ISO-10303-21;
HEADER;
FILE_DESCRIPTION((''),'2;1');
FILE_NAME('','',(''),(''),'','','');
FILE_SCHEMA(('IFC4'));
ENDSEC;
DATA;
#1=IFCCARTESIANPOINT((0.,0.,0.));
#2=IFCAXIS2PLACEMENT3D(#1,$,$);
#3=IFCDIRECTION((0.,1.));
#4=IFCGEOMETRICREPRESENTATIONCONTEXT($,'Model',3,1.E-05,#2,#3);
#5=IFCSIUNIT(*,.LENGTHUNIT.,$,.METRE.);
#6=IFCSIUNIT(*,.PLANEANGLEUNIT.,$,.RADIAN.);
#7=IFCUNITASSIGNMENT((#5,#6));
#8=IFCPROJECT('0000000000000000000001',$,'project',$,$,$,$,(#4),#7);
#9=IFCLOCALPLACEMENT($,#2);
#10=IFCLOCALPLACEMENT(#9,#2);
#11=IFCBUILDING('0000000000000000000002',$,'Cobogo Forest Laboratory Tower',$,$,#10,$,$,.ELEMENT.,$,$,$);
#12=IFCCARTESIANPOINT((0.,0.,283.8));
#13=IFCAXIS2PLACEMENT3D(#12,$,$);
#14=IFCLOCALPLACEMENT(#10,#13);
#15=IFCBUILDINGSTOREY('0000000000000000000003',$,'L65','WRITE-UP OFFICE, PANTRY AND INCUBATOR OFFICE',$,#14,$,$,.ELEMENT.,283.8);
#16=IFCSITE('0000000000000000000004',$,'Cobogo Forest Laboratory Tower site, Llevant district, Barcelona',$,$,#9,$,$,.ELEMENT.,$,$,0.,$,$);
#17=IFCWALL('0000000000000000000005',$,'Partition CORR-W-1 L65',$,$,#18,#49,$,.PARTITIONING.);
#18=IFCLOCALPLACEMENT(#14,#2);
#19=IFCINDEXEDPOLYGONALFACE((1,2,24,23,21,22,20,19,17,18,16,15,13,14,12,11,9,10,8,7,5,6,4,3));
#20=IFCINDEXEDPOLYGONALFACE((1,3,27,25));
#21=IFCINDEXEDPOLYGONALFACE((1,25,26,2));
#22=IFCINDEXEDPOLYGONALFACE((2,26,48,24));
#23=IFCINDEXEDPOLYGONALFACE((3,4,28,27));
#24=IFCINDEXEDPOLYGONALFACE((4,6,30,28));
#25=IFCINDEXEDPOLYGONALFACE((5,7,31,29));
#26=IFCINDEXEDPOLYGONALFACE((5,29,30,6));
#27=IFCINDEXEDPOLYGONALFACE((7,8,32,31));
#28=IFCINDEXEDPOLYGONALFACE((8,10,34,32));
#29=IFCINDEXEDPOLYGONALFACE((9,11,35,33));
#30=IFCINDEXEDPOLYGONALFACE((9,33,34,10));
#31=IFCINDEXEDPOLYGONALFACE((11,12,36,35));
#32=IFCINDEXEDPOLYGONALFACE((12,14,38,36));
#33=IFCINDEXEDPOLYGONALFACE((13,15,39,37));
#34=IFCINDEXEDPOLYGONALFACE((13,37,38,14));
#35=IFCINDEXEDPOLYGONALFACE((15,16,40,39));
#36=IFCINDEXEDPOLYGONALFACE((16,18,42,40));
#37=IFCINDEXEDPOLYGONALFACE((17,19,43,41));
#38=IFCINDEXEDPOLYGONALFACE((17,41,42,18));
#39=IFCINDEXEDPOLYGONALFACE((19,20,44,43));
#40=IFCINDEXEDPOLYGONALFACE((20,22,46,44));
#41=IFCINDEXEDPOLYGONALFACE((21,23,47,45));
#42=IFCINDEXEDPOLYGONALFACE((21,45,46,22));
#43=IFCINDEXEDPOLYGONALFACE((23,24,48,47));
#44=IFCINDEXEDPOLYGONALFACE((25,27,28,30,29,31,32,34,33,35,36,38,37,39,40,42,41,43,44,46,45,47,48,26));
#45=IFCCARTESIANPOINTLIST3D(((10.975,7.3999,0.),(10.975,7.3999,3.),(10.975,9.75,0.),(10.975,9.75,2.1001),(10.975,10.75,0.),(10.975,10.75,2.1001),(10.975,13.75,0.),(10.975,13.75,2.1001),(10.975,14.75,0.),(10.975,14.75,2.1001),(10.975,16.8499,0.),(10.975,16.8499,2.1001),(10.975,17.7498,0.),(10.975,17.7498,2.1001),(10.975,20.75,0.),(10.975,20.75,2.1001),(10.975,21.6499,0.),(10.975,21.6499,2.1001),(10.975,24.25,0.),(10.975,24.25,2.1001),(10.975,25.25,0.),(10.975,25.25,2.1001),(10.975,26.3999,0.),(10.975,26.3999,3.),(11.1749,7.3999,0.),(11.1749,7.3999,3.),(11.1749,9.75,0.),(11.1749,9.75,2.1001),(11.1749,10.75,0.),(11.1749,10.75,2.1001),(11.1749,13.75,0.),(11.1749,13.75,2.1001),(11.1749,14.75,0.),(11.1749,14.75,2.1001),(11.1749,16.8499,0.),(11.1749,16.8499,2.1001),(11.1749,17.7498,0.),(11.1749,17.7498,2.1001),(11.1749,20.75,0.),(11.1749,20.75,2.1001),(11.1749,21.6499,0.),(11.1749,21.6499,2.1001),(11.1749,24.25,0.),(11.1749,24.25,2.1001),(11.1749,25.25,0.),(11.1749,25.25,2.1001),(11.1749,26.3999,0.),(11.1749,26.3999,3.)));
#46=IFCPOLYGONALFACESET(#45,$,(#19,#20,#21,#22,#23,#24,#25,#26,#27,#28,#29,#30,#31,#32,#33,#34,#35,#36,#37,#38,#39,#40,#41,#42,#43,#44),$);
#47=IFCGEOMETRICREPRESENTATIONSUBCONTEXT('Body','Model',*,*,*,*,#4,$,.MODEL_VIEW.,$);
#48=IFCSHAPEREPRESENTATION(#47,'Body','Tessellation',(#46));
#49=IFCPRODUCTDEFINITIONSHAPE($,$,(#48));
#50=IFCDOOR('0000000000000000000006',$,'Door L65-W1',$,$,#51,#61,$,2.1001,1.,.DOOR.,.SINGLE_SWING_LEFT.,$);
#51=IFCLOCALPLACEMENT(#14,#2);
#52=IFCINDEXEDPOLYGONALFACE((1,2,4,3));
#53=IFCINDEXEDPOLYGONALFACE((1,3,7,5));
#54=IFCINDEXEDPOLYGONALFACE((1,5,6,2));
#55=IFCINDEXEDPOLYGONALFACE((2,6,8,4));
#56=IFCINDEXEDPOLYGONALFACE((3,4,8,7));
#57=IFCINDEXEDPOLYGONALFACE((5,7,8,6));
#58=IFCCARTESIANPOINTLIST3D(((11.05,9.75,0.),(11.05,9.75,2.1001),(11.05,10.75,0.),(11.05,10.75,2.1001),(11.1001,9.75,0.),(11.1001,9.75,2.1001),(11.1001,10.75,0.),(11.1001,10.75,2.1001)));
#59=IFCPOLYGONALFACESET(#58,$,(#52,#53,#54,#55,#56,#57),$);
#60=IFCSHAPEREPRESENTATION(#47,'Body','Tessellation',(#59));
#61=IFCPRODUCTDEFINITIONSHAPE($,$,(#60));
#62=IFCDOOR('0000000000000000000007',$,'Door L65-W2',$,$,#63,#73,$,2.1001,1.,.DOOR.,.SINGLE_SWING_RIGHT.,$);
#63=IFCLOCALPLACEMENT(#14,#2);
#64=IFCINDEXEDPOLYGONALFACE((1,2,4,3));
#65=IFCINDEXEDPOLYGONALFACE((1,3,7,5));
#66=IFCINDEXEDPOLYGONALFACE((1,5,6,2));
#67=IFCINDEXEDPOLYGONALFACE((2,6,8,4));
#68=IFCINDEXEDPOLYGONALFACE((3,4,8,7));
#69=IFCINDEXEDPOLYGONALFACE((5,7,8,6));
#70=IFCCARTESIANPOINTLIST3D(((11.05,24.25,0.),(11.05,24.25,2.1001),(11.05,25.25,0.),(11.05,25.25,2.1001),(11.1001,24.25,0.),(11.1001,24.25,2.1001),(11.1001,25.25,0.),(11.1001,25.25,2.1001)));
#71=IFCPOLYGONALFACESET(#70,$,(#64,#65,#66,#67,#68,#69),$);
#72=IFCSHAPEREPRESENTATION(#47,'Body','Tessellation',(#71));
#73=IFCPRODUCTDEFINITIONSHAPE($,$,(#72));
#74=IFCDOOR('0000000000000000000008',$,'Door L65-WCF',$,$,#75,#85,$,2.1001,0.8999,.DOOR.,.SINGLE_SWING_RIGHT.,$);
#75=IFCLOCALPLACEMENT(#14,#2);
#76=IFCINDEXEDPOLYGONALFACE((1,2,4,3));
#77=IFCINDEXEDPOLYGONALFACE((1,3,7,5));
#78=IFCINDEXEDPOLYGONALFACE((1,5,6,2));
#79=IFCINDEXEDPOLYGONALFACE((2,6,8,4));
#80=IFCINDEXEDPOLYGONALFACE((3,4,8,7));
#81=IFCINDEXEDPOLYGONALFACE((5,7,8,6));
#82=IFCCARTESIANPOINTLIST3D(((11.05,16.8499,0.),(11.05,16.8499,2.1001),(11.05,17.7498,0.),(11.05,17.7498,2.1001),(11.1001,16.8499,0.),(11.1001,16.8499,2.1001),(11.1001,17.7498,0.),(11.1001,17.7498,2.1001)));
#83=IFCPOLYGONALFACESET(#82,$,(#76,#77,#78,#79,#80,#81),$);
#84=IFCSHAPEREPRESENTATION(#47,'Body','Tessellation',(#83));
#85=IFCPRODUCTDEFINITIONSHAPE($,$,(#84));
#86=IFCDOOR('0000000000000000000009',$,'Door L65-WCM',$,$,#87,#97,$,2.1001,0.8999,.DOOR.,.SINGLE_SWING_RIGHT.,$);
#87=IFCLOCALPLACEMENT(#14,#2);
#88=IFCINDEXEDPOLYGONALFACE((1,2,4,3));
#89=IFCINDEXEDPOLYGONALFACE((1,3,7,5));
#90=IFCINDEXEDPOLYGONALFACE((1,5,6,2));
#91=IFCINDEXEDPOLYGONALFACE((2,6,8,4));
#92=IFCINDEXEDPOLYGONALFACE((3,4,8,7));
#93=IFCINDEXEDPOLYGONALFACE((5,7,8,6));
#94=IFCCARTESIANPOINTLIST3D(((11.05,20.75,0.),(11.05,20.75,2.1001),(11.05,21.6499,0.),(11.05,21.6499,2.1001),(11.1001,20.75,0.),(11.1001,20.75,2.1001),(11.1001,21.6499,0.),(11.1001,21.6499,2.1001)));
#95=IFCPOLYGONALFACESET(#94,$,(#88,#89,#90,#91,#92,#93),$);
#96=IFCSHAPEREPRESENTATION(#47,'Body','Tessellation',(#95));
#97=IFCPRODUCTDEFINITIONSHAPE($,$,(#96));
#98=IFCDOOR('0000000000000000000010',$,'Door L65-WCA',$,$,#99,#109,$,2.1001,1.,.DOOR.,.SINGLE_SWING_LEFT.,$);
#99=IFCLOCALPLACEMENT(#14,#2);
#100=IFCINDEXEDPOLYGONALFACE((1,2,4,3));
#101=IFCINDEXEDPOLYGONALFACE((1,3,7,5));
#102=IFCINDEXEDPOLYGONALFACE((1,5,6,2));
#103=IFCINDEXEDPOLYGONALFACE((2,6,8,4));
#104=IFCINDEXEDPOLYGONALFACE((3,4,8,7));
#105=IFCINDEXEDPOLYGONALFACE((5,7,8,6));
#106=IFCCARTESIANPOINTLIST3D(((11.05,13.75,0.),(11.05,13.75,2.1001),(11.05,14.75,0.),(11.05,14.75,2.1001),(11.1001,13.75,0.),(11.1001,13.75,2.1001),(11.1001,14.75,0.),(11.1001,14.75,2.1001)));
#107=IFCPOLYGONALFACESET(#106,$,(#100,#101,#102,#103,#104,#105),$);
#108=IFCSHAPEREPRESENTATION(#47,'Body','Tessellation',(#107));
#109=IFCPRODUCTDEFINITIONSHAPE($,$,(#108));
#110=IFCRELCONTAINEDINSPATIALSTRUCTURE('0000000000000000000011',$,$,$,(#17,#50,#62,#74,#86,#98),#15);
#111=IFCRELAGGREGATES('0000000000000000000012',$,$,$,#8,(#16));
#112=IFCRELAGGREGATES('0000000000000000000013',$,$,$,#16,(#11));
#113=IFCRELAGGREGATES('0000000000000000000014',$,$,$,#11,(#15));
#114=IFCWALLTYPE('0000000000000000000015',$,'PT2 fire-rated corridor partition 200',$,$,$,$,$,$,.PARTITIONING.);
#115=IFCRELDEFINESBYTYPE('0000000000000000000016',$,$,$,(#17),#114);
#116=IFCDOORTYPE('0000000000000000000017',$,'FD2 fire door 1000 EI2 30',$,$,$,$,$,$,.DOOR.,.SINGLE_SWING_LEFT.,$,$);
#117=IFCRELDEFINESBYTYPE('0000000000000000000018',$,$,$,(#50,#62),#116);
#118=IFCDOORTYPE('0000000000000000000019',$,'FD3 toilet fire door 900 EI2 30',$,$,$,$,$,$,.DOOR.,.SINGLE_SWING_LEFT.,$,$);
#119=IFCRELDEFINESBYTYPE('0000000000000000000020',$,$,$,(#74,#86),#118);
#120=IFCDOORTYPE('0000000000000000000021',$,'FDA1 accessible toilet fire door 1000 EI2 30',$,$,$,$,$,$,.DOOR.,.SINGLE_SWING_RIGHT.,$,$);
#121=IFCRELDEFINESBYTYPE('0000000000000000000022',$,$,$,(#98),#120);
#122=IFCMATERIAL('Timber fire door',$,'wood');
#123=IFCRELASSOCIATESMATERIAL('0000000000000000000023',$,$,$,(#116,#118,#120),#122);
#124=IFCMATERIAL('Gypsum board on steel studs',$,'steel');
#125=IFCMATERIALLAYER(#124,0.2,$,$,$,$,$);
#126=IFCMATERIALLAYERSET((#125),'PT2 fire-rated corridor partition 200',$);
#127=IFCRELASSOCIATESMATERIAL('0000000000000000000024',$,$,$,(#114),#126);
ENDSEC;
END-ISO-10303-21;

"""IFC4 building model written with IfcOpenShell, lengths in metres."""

from ifc_helpers import new_model, si_unit, direction, frame, frame_2d, origin, place, context, subcontext, project, spatial, rectangle, extrude, material, layer, layer_set, type_object, element, fill, save


model = new_model("IFC4")

# Units and contexts
model_context = context("Model", 3, precision=1e-05, world=origin(), true_north=direction((0.0, 1.0)))
body_context = subcontext(model_context, "Body", "Model", "MODEL_VIEW")
ifc_project = project(units=[si_unit("LENGTHUNIT", "METRE"), si_unit("PLANEANGLEUNIT", "RADIAN")], contexts=[model_context])

# Site, building, storey
site_placement = place(None, origin())
site = spatial("IfcSite", under=ifc_project, at=site_placement, Name="Cobogo Forest Laboratory Tower site, Llevant district, Barcelona", CompositionType="ELEMENT", RefElevation=0.0)
building_placement = place(site_placement, origin())
building = spatial("IfcBuilding", under=site, at=building_placement, Name="Cobogo Forest Laboratory Tower", CompositionType="ELEMENT")
storey_placement = place(building_placement, frame((0.0, 0.0, 283.8)))
storey = spatial("IfcBuildingStorey", under=building, at=storey_placement, Name="L65", Description="WRITE-UP OFFICE, PANTRY AND INCUBATOR OFFICE", CompositionType="ELEMENT", Elevation=283.8)

# Shared definitions
ifc_material_1 = material(Name="Gypsum board on steel studs", Category="steel")
ifc_material_2 = material(Name="Timber fire door", Category="wood")
door_type_1 = type_object("IfcDoorType", Name="FD2 fire door 1000 EI2 30", OperationType="SINGLE_SWING_LEFT", PredefinedType="DOOR", material=ifc_material_2)

# Wall, openings, doors
ifc_layer_1 = layer(ifc_material_1, 0.2)
ifc_layer_set_1 = layer_set([ifc_layer_1], Name="PT2 fire-rated corridor partition 200")
wall_type_1 = type_object("IfcWallType", Name="PT2 fire-rated corridor partition 200", PredefinedType="PARTITIONING", material=ifc_layer_set_1)
wall_1_placement = place(storey_placement, frame((11.075, 7.3999, 0.0), z_axis=(0.0, 0.0, 1.0), x_axis=(0.0, 1.0, 0.0)))
wall_1 = element("IfcWall", 1, at=wall_1_placement, inside=storey, type_object=wall_type_1, Name="Partition CORR-W-1 L65", PredefinedType="PARTITIONING", context=body_context, shape_type="SweptSolid", body=[
    extrude(rectangle(XDim=19.0, YDim=0.2, at=frame_2d((9.5, 0.0))), origin(), (0.0, 0.0, 1.0), 3.0),
])
opening_1_placement = place(wall_1_placement, frame((2.3501, 0.0, 0.0)))
opening_1 = element("IfcOpeningElement", 2, at=opening_1_placement, cuts=wall_1, PredefinedType="OPENING", context=body_context, shape_type="SweptSolid", body=[
    extrude(rectangle(XDim=1.0, YDim=2.1001, at=frame_2d((0.5, 1.05))), frame((0.0, 0.1099, 0.0), z_axis=(0.0, -1.0, 0.0), x_axis=(1.0, 0.0, 0.0)), (0.0, 0.0, 1.0), 0.22),
])
opening_2_placement = place(wall_1_placement, frame((6.3501, 0.0, 0.0)))
opening_2 = element("IfcOpeningElement", 3, at=opening_2_placement, cuts=wall_1, PredefinedType="OPENING", context=body_context, shape_type="SweptSolid", body=[
    extrude(rectangle(XDim=1.0, YDim=2.1001, at=frame_2d((0.5, 1.05))), frame((0.0, 0.1099, 0.0), z_axis=(0.0, -1.0, 0.0), x_axis=(1.0, 0.0, 0.0)), (0.0, 0.0, 1.0), 0.22),
])
opening_3_placement = place(wall_1_placement, frame((9.45, 0.0, 0.0)))
opening_3 = element("IfcOpeningElement", 4, at=opening_3_placement, cuts=wall_1, PredefinedType="OPENING", context=body_context, shape_type="SweptSolid", body=[
    extrude(rectangle(XDim=0.8999, YDim=2.1001, at=frame_2d((0.45, 1.05))), frame((0.0, 0.1099, 0.0), z_axis=(0.0, -1.0, 0.0), x_axis=(1.0, 0.0, 0.0)), (0.0, 0.0, 1.0), 0.22),
])
opening_4_placement = place(wall_1_placement, frame((13.3501, 0.0, 0.0)))
opening_4 = element("IfcOpeningElement", 5, at=opening_4_placement, cuts=wall_1, PredefinedType="OPENING", context=body_context, shape_type="SweptSolid", body=[
    extrude(rectangle(XDim=0.8999, YDim=2.1001, at=frame_2d((0.45, 1.05))), frame((0.0, 0.1099, 0.0), z_axis=(0.0, -1.0, 0.0), x_axis=(1.0, 0.0, 0.0)), (0.0, 0.0, 1.0), 0.22),
])
opening_5_placement = place(wall_1_placement, frame((16.8501, 0.0, 0.0)))
opening_5 = element("IfcOpeningElement", 6, at=opening_5_placement, cuts=wall_1, PredefinedType="OPENING", context=body_context, shape_type="SweptSolid", body=[
    extrude(rectangle(XDim=1.0, YDim=2.1001, at=frame_2d((0.5, 1.05))), frame((0.0, 0.1099, 0.0), z_axis=(0.0, -1.0, 0.0), x_axis=(1.0, 0.0, 0.0)), (0.0, 0.0, 1.0), 0.22),
])
door_1_placement = place(opening_1_placement, origin())
door_1 = element("IfcDoor", 7, at=door_1_placement, inside=storey, type_object=door_type_1, Name="Door L65-W1", OperationType="SINGLE_SWING_LEFT", OverallHeight=2.1001, OverallWidth=1.0, PredefinedType="DOOR", context=body_context, shape_type="SweptSolid", body=[
    extrude(rectangle(XDim=1.0, YDim=2.1001, at=frame_2d((0.5, 1.05))), frame((0.0, 0.0249, 0.0), z_axis=(0.0, -1.0, 0.0), x_axis=(1.0, 0.0, 0.0)), (0.0, 0.0, 1.0), 0.05),
])
fill(opening_1, door_1)
door_2_placement = place(opening_5_placement, origin())
door_2 = element("IfcDoor", 8, at=door_2_placement, inside=storey, type_object=door_type_1, Name="Door L65-W2", OperationType="SINGLE_SWING_RIGHT", OverallHeight=2.1001, OverallWidth=1.0, PredefinedType="DOOR", context=body_context, shape_type="SweptSolid", body=[
    extrude(rectangle(XDim=1.0, YDim=2.1001, at=frame_2d((0.5, 1.05))), frame((0.0, 0.0249, 0.0), z_axis=(0.0, -1.0, 0.0), x_axis=(1.0, 0.0, 0.0)), (0.0, 0.0, 1.0), 0.05),
])
fill(opening_5, door_2)
door_type_2 = type_object("IfcDoorType", Name="FD3 toilet fire door 900 EI2 30", OperationType="SINGLE_SWING_LEFT", PredefinedType="DOOR", material=ifc_material_2)
door_3_placement = place(opening_3_placement, origin())
door_3 = element("IfcDoor", 9, at=door_3_placement, inside=storey, type_object=door_type_2, Name="Door L65-WCF", OperationType="SINGLE_SWING_RIGHT", OverallHeight=2.1001, OverallWidth=0.8999, PredefinedType="DOOR", context=body_context, shape_type="SweptSolid", body=[
    extrude(rectangle(XDim=0.8999, YDim=2.1001, at=frame_2d((0.45, 1.05))), frame((0.0, 0.0249, 0.0), z_axis=(0.0, -1.0, 0.0), x_axis=(1.0, 0.0, 0.0)), (0.0, 0.0, 1.0), 0.05),
])
fill(opening_3, door_3)
door_4_placement = place(opening_4_placement, origin())
door_4 = element("IfcDoor", 10, at=door_4_placement, inside=storey, type_object=door_type_2, Name="Door L65-WCM", OperationType="SINGLE_SWING_RIGHT", OverallHeight=2.1001, OverallWidth=0.8999, PredefinedType="DOOR", context=body_context, shape_type="SweptSolid", body=[
    extrude(rectangle(XDim=0.8999, YDim=2.1001, at=frame_2d((0.45, 1.05))), frame((0.0, 0.0249, 0.0), z_axis=(0.0, -1.0, 0.0), x_axis=(1.0, 0.0, 0.0)), (0.0, 0.0, 1.0), 0.05),
])
fill(opening_4, door_4)
door_type_3 = type_object("IfcDoorType", Name="FDA1 accessible toilet fire door 1000 EI2 30", OperationType="SINGLE_SWING_RIGHT", PredefinedType="DOOR", material=ifc_material_2)
door_5_placement = place(opening_2_placement, origin())
door_5 = element("IfcDoor", 11, at=door_5_placement, inside=storey, type_object=door_type_3, Name="Door L65-WCA", OperationType="SINGLE_SWING_LEFT", OverallHeight=2.1001, OverallWidth=1.0, PredefinedType="DOOR", context=body_context, shape_type="SweptSolid", body=[
    extrude(rectangle(XDim=1.0, YDim=2.1001, at=frame_2d((0.5, 1.05))), frame((0.0, 0.0249, 0.0), z_axis=(0.0, -1.0, 0.0), x_axis=(1.0, 0.0, 0.0)), (0.0, 0.0, 1.0), 0.05),
])
fill(opening_2, door_5)

save(model, "model.ifc")
